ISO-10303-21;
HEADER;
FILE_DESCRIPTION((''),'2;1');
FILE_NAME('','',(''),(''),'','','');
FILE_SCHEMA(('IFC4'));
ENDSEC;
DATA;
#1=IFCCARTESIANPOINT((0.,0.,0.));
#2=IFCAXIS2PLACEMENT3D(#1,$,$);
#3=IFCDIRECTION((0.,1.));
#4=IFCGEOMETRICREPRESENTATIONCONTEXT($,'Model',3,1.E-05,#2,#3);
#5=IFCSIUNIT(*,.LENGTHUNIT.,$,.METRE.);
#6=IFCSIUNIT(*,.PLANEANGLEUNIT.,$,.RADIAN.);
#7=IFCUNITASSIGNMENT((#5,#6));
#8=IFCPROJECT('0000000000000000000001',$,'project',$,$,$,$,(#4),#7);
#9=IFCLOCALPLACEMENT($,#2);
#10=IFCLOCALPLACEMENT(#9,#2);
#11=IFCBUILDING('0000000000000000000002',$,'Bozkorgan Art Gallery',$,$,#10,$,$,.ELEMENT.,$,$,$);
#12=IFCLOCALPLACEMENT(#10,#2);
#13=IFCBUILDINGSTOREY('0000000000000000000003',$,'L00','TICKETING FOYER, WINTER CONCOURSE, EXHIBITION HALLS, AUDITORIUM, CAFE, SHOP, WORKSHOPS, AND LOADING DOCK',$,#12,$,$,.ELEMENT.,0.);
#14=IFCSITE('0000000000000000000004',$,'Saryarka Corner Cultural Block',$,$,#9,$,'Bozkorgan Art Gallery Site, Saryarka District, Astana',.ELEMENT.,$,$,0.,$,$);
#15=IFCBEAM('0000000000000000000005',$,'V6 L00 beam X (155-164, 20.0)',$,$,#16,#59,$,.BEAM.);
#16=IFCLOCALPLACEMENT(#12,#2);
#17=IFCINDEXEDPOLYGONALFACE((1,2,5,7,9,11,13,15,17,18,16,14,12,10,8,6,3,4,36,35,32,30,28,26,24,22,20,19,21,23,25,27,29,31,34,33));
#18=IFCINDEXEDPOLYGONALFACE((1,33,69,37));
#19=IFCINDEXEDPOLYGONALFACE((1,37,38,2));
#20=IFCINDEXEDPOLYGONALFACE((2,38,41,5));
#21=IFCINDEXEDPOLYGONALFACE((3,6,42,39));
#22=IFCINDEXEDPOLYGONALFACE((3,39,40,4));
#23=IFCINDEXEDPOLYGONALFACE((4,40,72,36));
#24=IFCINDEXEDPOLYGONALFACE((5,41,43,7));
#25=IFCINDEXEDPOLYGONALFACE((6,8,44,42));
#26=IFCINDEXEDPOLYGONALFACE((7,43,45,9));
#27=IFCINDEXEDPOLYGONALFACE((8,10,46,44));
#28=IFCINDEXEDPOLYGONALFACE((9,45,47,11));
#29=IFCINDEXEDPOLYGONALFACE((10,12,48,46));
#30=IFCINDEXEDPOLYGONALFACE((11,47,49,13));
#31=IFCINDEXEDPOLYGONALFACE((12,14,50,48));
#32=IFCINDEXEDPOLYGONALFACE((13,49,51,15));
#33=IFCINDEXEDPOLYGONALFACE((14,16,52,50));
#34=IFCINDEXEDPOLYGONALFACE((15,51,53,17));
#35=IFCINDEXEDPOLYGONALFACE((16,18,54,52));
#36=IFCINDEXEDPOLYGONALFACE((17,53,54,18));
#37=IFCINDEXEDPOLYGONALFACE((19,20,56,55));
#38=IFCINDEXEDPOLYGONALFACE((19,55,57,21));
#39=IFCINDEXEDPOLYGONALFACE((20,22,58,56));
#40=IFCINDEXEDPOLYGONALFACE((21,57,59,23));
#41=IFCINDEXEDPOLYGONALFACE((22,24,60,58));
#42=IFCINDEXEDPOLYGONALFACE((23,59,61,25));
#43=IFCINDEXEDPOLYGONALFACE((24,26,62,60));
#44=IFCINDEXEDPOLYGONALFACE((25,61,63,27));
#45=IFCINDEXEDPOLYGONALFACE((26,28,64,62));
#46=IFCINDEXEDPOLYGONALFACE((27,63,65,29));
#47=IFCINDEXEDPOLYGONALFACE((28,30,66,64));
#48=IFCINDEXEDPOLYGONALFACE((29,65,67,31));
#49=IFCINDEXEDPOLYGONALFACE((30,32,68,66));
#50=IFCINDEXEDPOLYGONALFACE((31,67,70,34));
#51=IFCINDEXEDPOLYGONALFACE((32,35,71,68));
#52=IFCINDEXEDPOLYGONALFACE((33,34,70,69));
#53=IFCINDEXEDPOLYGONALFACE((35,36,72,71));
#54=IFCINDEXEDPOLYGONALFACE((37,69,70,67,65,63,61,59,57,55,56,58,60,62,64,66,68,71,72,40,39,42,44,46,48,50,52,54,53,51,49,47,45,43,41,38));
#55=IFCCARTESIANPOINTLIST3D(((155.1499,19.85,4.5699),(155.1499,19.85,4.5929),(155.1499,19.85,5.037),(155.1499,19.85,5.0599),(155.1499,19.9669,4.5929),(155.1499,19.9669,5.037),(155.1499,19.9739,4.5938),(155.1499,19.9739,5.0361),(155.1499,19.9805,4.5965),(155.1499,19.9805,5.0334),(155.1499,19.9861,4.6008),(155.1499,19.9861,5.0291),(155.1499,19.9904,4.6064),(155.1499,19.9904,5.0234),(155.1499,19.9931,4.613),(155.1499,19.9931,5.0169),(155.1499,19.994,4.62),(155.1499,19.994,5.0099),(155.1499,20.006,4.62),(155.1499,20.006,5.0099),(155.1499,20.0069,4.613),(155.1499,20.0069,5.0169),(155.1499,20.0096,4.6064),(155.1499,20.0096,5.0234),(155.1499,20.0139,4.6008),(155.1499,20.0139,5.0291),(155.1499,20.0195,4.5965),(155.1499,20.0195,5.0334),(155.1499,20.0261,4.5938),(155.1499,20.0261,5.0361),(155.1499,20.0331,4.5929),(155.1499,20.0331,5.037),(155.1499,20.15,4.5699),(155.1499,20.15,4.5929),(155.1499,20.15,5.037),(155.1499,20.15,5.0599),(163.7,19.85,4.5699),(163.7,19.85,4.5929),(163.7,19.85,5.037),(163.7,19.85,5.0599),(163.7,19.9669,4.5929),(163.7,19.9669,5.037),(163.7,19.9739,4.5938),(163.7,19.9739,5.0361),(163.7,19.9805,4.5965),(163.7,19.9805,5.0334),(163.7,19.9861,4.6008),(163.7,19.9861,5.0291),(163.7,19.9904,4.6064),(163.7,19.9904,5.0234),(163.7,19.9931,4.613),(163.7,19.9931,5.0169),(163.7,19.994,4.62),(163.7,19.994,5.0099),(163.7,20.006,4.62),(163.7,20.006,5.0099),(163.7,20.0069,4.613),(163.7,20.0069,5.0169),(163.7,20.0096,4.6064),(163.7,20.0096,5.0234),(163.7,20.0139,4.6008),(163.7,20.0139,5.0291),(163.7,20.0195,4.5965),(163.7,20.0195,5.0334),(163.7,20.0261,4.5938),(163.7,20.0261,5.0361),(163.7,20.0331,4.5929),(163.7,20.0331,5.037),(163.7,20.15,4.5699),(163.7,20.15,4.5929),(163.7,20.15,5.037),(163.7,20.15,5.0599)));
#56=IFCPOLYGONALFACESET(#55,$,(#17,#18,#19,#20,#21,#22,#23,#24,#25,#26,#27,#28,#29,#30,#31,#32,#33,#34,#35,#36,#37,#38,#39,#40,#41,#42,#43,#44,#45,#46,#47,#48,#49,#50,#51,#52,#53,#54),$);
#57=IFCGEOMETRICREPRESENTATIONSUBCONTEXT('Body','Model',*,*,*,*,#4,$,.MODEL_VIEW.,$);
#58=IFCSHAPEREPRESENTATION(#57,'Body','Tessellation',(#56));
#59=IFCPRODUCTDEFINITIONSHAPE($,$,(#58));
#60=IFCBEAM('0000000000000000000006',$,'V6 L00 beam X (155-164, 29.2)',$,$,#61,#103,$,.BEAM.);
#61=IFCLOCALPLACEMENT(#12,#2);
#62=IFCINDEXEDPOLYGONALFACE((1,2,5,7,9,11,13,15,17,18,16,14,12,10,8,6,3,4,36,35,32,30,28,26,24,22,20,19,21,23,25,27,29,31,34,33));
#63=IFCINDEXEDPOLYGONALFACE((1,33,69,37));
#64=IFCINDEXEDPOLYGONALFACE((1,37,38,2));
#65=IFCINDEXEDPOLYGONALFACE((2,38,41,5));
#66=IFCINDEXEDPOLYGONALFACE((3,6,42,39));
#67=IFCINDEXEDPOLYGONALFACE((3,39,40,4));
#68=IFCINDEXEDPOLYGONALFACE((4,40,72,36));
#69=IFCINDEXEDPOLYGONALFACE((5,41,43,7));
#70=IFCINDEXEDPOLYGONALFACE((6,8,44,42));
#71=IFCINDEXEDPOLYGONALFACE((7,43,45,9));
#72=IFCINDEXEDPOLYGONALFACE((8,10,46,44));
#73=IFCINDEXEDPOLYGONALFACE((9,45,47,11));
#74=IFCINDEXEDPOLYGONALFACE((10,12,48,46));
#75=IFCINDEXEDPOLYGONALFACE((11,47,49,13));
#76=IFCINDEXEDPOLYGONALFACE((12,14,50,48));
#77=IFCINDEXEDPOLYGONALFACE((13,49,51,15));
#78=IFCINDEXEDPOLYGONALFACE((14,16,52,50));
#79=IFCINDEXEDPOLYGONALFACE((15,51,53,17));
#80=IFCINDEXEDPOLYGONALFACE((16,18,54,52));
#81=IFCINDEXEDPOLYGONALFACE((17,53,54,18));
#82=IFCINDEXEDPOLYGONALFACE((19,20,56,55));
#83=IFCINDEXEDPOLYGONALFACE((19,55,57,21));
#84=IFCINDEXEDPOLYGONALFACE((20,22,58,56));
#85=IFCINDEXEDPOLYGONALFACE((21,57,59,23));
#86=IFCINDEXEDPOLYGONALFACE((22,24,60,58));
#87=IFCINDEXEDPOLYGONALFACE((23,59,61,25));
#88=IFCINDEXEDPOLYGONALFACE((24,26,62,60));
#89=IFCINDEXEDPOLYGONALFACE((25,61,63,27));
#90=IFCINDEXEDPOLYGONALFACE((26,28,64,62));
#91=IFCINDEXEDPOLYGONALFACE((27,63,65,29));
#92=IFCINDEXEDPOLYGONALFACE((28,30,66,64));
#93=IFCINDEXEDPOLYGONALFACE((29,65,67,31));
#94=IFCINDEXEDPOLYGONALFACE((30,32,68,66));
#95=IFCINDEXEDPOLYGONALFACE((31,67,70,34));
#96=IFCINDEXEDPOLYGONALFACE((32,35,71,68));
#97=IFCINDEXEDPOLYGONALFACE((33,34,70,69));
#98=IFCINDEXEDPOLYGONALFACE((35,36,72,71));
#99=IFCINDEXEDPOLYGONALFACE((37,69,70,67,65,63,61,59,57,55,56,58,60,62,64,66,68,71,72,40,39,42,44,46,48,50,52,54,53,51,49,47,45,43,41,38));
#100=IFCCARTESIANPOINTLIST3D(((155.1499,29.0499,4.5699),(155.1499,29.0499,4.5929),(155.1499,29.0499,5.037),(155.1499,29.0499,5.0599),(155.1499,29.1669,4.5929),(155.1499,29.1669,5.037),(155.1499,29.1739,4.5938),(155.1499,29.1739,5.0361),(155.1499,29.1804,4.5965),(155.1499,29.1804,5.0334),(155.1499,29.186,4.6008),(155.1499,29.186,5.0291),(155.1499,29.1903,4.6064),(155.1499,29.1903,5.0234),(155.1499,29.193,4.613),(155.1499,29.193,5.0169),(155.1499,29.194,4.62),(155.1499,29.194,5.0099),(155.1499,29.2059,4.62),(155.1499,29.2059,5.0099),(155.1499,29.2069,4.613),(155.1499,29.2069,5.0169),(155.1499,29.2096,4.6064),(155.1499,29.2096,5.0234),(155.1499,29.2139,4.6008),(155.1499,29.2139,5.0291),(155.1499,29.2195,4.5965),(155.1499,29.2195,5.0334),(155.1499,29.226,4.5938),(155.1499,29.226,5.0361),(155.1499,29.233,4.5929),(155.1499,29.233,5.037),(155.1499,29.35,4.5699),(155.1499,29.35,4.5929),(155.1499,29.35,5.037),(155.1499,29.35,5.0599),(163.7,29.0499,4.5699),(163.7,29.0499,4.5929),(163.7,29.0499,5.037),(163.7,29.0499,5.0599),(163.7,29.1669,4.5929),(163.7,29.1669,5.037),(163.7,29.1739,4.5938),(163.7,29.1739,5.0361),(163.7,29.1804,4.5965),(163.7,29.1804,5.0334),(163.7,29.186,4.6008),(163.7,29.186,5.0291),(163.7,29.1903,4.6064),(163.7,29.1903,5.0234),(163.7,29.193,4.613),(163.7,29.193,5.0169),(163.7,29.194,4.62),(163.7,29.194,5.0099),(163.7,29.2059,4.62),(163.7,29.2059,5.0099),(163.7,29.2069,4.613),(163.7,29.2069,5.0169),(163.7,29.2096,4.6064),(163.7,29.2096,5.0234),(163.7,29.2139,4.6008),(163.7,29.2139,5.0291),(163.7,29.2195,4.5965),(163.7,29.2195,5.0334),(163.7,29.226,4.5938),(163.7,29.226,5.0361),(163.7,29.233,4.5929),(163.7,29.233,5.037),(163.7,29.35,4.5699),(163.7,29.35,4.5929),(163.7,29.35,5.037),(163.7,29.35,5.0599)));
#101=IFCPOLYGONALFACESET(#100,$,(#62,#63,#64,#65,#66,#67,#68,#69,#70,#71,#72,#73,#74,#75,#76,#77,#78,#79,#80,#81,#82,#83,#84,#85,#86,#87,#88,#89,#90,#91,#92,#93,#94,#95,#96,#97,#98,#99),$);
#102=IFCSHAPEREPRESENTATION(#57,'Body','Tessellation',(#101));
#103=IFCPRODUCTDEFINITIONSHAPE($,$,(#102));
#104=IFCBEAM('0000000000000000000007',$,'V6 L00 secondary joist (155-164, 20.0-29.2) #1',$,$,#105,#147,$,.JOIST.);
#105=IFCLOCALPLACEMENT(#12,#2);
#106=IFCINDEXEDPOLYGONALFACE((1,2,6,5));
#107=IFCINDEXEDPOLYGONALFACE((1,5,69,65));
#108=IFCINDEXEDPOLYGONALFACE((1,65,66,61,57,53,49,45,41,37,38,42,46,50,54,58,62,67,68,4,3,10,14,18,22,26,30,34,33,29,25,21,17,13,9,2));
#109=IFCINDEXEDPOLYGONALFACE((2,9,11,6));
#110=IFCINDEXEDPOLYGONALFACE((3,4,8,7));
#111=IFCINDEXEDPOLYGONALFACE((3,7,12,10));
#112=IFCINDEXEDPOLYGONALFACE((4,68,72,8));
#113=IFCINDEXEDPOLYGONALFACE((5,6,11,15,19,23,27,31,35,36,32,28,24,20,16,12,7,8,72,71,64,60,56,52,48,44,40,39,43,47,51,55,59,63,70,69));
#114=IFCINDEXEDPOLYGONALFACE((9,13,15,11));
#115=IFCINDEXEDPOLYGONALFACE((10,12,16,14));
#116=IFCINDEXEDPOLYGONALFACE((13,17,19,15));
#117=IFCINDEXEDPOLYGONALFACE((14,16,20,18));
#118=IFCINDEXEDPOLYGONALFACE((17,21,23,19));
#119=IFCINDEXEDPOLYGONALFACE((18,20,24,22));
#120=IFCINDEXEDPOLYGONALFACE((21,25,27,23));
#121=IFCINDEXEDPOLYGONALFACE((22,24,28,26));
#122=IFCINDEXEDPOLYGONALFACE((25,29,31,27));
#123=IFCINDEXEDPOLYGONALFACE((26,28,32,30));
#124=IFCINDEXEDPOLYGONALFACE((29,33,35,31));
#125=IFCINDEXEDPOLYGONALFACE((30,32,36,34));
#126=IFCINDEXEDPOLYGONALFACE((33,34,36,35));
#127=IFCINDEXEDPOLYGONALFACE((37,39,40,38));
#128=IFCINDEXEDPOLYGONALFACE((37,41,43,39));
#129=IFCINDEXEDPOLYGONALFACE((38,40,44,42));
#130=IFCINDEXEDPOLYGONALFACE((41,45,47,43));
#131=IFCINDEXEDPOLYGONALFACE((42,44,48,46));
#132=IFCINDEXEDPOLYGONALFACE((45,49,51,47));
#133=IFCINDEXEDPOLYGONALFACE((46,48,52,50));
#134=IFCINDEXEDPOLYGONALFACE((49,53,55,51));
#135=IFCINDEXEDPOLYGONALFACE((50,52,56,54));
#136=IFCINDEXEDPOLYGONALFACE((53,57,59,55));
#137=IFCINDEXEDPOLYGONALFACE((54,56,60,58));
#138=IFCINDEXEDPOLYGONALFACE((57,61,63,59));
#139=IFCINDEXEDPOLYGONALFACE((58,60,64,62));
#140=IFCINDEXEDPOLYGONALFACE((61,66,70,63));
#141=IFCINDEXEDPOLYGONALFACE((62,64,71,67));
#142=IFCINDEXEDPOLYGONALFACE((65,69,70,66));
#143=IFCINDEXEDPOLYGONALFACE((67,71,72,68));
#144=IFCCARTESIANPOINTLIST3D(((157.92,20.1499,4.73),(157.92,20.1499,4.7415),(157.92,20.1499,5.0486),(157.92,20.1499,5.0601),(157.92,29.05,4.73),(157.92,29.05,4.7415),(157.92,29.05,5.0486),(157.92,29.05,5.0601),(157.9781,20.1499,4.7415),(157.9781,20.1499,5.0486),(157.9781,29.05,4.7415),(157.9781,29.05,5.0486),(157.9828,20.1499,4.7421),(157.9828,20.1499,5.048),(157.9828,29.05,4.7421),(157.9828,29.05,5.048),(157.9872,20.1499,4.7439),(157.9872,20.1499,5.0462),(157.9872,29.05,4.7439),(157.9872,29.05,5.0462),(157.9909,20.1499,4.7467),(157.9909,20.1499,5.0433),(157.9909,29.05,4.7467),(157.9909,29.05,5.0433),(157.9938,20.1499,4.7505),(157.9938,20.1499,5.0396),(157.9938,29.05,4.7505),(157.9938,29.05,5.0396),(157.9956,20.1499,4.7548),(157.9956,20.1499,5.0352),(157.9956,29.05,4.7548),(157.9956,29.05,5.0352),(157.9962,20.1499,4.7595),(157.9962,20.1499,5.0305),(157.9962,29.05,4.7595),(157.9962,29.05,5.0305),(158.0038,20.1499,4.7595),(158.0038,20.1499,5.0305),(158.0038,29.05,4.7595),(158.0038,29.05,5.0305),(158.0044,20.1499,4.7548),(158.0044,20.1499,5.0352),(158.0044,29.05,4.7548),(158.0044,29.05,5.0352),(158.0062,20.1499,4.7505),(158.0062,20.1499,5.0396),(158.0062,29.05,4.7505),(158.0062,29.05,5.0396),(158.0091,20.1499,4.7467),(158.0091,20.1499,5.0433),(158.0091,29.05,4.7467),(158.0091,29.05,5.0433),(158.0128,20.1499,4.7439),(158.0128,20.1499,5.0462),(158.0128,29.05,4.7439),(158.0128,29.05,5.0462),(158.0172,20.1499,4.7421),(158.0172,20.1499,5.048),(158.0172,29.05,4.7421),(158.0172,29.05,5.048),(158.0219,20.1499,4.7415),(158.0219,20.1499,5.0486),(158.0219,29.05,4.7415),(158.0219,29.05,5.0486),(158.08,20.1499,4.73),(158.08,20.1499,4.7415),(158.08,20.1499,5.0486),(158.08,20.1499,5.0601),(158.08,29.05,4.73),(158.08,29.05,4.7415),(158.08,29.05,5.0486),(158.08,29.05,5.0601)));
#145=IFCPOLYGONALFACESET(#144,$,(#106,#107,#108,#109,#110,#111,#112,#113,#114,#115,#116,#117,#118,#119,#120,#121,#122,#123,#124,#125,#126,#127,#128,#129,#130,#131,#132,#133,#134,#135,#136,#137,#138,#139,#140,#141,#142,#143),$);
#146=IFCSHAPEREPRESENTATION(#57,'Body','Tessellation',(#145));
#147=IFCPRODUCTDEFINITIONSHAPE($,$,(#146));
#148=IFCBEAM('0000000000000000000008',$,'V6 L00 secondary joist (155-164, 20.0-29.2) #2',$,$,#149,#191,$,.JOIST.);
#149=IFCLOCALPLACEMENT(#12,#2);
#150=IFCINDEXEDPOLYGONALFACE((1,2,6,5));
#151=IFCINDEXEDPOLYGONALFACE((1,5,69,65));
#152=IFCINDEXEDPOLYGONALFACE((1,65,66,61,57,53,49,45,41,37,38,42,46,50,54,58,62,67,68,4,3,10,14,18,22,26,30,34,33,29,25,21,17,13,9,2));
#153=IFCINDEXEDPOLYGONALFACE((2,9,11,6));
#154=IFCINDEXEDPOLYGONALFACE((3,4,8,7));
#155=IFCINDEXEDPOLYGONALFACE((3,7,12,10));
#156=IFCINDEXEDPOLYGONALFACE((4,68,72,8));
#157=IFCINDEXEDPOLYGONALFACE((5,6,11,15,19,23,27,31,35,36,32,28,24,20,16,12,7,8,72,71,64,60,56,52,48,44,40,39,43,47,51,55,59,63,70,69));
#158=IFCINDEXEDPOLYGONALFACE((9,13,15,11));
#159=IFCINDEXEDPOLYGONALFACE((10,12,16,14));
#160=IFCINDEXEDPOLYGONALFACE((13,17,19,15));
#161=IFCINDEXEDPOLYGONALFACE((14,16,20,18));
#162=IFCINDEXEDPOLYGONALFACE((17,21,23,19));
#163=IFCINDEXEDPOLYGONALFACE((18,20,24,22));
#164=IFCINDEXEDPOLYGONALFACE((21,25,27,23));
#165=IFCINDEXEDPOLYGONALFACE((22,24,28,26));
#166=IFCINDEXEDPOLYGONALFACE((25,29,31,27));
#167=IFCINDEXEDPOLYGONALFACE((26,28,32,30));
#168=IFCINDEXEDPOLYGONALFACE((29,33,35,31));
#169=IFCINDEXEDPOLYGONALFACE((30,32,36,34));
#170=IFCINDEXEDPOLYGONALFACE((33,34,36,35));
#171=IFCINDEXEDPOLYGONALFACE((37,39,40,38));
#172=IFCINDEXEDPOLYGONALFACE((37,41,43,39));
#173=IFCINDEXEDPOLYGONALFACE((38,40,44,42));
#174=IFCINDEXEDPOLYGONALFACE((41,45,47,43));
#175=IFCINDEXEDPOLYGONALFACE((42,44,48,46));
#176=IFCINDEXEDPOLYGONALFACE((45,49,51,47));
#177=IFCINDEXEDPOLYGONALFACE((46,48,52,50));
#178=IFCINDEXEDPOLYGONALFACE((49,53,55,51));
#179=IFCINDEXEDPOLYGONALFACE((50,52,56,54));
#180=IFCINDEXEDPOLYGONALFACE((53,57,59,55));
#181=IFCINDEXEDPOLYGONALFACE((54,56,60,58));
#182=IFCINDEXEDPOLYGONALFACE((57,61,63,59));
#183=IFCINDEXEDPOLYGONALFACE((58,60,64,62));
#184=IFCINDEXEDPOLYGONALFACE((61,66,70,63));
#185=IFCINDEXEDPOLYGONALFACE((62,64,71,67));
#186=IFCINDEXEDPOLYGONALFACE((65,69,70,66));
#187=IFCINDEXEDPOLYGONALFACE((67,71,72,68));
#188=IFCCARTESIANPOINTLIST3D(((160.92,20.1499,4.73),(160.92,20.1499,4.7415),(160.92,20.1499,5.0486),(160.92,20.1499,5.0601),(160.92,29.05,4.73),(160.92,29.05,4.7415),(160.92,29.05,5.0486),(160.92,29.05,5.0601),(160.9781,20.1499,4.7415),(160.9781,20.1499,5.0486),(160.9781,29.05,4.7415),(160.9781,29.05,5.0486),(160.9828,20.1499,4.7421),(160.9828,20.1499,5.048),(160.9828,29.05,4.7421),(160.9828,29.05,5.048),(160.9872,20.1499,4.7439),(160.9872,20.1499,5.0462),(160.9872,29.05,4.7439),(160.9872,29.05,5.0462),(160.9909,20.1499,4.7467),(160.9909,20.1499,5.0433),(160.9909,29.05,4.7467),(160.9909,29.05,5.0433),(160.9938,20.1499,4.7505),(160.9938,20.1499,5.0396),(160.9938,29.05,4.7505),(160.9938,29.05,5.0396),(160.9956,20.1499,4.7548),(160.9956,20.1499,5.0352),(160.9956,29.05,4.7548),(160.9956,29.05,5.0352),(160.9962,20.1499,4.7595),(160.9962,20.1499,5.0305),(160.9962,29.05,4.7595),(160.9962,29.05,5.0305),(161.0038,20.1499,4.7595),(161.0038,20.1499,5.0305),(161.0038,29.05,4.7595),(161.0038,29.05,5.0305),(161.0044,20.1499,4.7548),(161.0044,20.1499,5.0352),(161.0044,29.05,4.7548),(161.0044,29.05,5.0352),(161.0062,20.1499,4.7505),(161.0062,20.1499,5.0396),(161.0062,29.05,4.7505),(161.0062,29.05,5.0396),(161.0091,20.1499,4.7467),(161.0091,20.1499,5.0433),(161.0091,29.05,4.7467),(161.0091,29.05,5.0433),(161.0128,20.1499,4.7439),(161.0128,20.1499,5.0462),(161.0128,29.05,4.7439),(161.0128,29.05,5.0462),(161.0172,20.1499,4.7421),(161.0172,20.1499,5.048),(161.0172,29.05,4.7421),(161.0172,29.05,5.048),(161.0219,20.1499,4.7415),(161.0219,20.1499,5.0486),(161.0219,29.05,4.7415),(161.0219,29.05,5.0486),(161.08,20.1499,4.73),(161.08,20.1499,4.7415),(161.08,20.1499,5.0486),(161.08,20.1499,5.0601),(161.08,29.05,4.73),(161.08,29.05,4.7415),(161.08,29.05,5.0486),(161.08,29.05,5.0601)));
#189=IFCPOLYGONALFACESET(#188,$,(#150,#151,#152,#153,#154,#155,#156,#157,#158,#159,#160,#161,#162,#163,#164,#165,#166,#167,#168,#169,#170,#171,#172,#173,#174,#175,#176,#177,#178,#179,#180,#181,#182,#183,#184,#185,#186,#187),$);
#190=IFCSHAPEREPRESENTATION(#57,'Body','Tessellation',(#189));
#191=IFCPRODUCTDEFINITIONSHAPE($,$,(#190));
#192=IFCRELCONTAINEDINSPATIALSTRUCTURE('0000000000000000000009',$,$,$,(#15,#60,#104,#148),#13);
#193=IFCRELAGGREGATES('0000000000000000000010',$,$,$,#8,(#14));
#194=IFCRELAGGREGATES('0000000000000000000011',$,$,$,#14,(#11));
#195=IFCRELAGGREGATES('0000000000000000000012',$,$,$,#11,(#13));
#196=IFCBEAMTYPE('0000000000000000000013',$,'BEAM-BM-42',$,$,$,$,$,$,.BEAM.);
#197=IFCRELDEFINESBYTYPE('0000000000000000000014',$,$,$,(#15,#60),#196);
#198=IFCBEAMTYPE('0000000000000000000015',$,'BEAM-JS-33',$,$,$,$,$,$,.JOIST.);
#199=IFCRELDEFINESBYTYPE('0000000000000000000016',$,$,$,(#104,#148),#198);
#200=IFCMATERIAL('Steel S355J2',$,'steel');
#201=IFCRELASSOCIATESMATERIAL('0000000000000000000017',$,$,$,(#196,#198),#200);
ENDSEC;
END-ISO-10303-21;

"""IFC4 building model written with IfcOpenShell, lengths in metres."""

from ifc_helpers import new_model, si_unit, direction, frame, origin, origin_2d, place, context, subcontext, project, spatial, i_section, extrude, material, material_profile, profile_set, type_object, element, save


model = new_model("IFC4")

# Units and contexts
model_context = context("Model", 3, precision=1e-05, world=origin(), true_north=direction((0.0, 1.0)))
body_context = subcontext(model_context, "Body", "Model", "MODEL_VIEW")
ifc_project = project(units=[si_unit("LENGTHUNIT", "METRE"), si_unit("PLANEANGLEUNIT", "RADIAN")], contexts=[model_context])

# Site, building, storey
site_placement = place(None, origin())
site = spatial("IfcSite", under=ifc_project, at=site_placement, Name="Saryarka Corner Cultural Block", LongName="Bozkorgan Art Gallery Site, Saryarka District, Astana", CompositionType="ELEMENT", RefElevation=0.0)
building_placement = place(site_placement, origin())
building = spatial("IfcBuilding", under=site, at=building_placement, Name="Bozkorgan Art Gallery", CompositionType="ELEMENT")
storey_placement = place(building_placement, origin())
storey = spatial("IfcBuildingStorey", under=building, at=storey_placement, Name="L00", Description="TICKETING FOYER, WINTER CONCOURSE, EXHIBITION HALLS, AUDITORIUM, CAFE, SHOP, WORKSHOPS, AND LOADING DOCK", CompositionType="ELEMENT", Elevation=0.0)

# Beams
ifc_material_1 = material(Name="Steel S355J2", Category="steel")
ifc_material_profile_1 = material_profile(ifc_material_1, i_section(OverallWidth=0.3, OverallDepth=0.49, WebThickness=0.012, FlangeThickness=0.0229, FilletRadius=0.0271, at=origin_2d()), Name="HEA 500")
ifc_profile_set_1 = profile_set([ifc_material_profile_1], Name="Steel S355J2")
beam_type_1 = type_object("IfcBeamType", Name="BEAM-BM-42", PredefinedType="BEAM", material=ifc_profile_set_1)
for number, where, z_axis, x_axis, name in (
    (1, (155.1499, 20.0, 4.8149), (1.0, 0.0, 0.0), (0.0, 1.0, 0.0), "V6 L00 beam X (155-164, 20.0)"),
    (2, (155.1499, 29.2, 4.8149), (1.0, 0.0, 0.0), (0.0, 1.0, 0.0), "V6 L00 beam X (155-164, 29.2)"),
):
    element("IfcBeam", number, at=place(storey_placement, frame(where, z_axis=z_axis, x_axis=x_axis)), inside=storey, type_object=beam_type_1, Name=name, PredefinedType="BEAM", context=body_context, shape_type="SweptSolid", body=[
        extrude(i_section(OverallWidth=0.3, OverallDepth=0.49, WebThickness=0.012, FlangeThickness=0.0229, FilletRadius=0.0271, at=origin_2d()), origin(), (0.0, 0.0, 1.0), 8.55),
    ])
ifc_material_profile_2 = material_profile(ifc_material_1, i_section(OverallWidth=0.1599, OverallDepth=0.3301, WebThickness=0.0076, FlangeThickness=0.0115, FilletRadius=0.0181, at=origin_2d()), Name="IPE 330")
ifc_profile_set_2 = profile_set([ifc_material_profile_2], Name="Steel S355J2")
beam_type_2 = type_object("IfcBeamType", Name="BEAM-JS-33", PredefinedType="JOIST", material=ifc_profile_set_2)
for number, where, z_axis, x_axis, name in (
    (3, (158.0, 20.1499, 4.895), (0.0, 1.0, 0.0), (-1.0, 0.0, 0.0), "V6 L00 secondary joist (155-164, 20.0-29.2) #1"),
    (4, (161.0, 20.1499, 4.895), (0.0, 1.0, 0.0), (-1.0, 0.0, 0.0), "V6 L00 secondary joist (155-164, 20.0-29.2) #2"),
):
    element("IfcBeam", number, at=place(storey_placement, frame(where, z_axis=z_axis, x_axis=x_axis)), inside=storey, type_object=beam_type_2, Name=name, PredefinedType="JOIST", context=body_context, shape_type="SweptSolid", body=[
        extrude(i_section(OverallWidth=0.1599, OverallDepth=0.3301, WebThickness=0.0076, FlangeThickness=0.0115, FilletRadius=0.0181, at=origin_2d()), origin(), (0.0, 0.0, 1.0), 8.9001),
    ])

save(model, "model.ifc")
